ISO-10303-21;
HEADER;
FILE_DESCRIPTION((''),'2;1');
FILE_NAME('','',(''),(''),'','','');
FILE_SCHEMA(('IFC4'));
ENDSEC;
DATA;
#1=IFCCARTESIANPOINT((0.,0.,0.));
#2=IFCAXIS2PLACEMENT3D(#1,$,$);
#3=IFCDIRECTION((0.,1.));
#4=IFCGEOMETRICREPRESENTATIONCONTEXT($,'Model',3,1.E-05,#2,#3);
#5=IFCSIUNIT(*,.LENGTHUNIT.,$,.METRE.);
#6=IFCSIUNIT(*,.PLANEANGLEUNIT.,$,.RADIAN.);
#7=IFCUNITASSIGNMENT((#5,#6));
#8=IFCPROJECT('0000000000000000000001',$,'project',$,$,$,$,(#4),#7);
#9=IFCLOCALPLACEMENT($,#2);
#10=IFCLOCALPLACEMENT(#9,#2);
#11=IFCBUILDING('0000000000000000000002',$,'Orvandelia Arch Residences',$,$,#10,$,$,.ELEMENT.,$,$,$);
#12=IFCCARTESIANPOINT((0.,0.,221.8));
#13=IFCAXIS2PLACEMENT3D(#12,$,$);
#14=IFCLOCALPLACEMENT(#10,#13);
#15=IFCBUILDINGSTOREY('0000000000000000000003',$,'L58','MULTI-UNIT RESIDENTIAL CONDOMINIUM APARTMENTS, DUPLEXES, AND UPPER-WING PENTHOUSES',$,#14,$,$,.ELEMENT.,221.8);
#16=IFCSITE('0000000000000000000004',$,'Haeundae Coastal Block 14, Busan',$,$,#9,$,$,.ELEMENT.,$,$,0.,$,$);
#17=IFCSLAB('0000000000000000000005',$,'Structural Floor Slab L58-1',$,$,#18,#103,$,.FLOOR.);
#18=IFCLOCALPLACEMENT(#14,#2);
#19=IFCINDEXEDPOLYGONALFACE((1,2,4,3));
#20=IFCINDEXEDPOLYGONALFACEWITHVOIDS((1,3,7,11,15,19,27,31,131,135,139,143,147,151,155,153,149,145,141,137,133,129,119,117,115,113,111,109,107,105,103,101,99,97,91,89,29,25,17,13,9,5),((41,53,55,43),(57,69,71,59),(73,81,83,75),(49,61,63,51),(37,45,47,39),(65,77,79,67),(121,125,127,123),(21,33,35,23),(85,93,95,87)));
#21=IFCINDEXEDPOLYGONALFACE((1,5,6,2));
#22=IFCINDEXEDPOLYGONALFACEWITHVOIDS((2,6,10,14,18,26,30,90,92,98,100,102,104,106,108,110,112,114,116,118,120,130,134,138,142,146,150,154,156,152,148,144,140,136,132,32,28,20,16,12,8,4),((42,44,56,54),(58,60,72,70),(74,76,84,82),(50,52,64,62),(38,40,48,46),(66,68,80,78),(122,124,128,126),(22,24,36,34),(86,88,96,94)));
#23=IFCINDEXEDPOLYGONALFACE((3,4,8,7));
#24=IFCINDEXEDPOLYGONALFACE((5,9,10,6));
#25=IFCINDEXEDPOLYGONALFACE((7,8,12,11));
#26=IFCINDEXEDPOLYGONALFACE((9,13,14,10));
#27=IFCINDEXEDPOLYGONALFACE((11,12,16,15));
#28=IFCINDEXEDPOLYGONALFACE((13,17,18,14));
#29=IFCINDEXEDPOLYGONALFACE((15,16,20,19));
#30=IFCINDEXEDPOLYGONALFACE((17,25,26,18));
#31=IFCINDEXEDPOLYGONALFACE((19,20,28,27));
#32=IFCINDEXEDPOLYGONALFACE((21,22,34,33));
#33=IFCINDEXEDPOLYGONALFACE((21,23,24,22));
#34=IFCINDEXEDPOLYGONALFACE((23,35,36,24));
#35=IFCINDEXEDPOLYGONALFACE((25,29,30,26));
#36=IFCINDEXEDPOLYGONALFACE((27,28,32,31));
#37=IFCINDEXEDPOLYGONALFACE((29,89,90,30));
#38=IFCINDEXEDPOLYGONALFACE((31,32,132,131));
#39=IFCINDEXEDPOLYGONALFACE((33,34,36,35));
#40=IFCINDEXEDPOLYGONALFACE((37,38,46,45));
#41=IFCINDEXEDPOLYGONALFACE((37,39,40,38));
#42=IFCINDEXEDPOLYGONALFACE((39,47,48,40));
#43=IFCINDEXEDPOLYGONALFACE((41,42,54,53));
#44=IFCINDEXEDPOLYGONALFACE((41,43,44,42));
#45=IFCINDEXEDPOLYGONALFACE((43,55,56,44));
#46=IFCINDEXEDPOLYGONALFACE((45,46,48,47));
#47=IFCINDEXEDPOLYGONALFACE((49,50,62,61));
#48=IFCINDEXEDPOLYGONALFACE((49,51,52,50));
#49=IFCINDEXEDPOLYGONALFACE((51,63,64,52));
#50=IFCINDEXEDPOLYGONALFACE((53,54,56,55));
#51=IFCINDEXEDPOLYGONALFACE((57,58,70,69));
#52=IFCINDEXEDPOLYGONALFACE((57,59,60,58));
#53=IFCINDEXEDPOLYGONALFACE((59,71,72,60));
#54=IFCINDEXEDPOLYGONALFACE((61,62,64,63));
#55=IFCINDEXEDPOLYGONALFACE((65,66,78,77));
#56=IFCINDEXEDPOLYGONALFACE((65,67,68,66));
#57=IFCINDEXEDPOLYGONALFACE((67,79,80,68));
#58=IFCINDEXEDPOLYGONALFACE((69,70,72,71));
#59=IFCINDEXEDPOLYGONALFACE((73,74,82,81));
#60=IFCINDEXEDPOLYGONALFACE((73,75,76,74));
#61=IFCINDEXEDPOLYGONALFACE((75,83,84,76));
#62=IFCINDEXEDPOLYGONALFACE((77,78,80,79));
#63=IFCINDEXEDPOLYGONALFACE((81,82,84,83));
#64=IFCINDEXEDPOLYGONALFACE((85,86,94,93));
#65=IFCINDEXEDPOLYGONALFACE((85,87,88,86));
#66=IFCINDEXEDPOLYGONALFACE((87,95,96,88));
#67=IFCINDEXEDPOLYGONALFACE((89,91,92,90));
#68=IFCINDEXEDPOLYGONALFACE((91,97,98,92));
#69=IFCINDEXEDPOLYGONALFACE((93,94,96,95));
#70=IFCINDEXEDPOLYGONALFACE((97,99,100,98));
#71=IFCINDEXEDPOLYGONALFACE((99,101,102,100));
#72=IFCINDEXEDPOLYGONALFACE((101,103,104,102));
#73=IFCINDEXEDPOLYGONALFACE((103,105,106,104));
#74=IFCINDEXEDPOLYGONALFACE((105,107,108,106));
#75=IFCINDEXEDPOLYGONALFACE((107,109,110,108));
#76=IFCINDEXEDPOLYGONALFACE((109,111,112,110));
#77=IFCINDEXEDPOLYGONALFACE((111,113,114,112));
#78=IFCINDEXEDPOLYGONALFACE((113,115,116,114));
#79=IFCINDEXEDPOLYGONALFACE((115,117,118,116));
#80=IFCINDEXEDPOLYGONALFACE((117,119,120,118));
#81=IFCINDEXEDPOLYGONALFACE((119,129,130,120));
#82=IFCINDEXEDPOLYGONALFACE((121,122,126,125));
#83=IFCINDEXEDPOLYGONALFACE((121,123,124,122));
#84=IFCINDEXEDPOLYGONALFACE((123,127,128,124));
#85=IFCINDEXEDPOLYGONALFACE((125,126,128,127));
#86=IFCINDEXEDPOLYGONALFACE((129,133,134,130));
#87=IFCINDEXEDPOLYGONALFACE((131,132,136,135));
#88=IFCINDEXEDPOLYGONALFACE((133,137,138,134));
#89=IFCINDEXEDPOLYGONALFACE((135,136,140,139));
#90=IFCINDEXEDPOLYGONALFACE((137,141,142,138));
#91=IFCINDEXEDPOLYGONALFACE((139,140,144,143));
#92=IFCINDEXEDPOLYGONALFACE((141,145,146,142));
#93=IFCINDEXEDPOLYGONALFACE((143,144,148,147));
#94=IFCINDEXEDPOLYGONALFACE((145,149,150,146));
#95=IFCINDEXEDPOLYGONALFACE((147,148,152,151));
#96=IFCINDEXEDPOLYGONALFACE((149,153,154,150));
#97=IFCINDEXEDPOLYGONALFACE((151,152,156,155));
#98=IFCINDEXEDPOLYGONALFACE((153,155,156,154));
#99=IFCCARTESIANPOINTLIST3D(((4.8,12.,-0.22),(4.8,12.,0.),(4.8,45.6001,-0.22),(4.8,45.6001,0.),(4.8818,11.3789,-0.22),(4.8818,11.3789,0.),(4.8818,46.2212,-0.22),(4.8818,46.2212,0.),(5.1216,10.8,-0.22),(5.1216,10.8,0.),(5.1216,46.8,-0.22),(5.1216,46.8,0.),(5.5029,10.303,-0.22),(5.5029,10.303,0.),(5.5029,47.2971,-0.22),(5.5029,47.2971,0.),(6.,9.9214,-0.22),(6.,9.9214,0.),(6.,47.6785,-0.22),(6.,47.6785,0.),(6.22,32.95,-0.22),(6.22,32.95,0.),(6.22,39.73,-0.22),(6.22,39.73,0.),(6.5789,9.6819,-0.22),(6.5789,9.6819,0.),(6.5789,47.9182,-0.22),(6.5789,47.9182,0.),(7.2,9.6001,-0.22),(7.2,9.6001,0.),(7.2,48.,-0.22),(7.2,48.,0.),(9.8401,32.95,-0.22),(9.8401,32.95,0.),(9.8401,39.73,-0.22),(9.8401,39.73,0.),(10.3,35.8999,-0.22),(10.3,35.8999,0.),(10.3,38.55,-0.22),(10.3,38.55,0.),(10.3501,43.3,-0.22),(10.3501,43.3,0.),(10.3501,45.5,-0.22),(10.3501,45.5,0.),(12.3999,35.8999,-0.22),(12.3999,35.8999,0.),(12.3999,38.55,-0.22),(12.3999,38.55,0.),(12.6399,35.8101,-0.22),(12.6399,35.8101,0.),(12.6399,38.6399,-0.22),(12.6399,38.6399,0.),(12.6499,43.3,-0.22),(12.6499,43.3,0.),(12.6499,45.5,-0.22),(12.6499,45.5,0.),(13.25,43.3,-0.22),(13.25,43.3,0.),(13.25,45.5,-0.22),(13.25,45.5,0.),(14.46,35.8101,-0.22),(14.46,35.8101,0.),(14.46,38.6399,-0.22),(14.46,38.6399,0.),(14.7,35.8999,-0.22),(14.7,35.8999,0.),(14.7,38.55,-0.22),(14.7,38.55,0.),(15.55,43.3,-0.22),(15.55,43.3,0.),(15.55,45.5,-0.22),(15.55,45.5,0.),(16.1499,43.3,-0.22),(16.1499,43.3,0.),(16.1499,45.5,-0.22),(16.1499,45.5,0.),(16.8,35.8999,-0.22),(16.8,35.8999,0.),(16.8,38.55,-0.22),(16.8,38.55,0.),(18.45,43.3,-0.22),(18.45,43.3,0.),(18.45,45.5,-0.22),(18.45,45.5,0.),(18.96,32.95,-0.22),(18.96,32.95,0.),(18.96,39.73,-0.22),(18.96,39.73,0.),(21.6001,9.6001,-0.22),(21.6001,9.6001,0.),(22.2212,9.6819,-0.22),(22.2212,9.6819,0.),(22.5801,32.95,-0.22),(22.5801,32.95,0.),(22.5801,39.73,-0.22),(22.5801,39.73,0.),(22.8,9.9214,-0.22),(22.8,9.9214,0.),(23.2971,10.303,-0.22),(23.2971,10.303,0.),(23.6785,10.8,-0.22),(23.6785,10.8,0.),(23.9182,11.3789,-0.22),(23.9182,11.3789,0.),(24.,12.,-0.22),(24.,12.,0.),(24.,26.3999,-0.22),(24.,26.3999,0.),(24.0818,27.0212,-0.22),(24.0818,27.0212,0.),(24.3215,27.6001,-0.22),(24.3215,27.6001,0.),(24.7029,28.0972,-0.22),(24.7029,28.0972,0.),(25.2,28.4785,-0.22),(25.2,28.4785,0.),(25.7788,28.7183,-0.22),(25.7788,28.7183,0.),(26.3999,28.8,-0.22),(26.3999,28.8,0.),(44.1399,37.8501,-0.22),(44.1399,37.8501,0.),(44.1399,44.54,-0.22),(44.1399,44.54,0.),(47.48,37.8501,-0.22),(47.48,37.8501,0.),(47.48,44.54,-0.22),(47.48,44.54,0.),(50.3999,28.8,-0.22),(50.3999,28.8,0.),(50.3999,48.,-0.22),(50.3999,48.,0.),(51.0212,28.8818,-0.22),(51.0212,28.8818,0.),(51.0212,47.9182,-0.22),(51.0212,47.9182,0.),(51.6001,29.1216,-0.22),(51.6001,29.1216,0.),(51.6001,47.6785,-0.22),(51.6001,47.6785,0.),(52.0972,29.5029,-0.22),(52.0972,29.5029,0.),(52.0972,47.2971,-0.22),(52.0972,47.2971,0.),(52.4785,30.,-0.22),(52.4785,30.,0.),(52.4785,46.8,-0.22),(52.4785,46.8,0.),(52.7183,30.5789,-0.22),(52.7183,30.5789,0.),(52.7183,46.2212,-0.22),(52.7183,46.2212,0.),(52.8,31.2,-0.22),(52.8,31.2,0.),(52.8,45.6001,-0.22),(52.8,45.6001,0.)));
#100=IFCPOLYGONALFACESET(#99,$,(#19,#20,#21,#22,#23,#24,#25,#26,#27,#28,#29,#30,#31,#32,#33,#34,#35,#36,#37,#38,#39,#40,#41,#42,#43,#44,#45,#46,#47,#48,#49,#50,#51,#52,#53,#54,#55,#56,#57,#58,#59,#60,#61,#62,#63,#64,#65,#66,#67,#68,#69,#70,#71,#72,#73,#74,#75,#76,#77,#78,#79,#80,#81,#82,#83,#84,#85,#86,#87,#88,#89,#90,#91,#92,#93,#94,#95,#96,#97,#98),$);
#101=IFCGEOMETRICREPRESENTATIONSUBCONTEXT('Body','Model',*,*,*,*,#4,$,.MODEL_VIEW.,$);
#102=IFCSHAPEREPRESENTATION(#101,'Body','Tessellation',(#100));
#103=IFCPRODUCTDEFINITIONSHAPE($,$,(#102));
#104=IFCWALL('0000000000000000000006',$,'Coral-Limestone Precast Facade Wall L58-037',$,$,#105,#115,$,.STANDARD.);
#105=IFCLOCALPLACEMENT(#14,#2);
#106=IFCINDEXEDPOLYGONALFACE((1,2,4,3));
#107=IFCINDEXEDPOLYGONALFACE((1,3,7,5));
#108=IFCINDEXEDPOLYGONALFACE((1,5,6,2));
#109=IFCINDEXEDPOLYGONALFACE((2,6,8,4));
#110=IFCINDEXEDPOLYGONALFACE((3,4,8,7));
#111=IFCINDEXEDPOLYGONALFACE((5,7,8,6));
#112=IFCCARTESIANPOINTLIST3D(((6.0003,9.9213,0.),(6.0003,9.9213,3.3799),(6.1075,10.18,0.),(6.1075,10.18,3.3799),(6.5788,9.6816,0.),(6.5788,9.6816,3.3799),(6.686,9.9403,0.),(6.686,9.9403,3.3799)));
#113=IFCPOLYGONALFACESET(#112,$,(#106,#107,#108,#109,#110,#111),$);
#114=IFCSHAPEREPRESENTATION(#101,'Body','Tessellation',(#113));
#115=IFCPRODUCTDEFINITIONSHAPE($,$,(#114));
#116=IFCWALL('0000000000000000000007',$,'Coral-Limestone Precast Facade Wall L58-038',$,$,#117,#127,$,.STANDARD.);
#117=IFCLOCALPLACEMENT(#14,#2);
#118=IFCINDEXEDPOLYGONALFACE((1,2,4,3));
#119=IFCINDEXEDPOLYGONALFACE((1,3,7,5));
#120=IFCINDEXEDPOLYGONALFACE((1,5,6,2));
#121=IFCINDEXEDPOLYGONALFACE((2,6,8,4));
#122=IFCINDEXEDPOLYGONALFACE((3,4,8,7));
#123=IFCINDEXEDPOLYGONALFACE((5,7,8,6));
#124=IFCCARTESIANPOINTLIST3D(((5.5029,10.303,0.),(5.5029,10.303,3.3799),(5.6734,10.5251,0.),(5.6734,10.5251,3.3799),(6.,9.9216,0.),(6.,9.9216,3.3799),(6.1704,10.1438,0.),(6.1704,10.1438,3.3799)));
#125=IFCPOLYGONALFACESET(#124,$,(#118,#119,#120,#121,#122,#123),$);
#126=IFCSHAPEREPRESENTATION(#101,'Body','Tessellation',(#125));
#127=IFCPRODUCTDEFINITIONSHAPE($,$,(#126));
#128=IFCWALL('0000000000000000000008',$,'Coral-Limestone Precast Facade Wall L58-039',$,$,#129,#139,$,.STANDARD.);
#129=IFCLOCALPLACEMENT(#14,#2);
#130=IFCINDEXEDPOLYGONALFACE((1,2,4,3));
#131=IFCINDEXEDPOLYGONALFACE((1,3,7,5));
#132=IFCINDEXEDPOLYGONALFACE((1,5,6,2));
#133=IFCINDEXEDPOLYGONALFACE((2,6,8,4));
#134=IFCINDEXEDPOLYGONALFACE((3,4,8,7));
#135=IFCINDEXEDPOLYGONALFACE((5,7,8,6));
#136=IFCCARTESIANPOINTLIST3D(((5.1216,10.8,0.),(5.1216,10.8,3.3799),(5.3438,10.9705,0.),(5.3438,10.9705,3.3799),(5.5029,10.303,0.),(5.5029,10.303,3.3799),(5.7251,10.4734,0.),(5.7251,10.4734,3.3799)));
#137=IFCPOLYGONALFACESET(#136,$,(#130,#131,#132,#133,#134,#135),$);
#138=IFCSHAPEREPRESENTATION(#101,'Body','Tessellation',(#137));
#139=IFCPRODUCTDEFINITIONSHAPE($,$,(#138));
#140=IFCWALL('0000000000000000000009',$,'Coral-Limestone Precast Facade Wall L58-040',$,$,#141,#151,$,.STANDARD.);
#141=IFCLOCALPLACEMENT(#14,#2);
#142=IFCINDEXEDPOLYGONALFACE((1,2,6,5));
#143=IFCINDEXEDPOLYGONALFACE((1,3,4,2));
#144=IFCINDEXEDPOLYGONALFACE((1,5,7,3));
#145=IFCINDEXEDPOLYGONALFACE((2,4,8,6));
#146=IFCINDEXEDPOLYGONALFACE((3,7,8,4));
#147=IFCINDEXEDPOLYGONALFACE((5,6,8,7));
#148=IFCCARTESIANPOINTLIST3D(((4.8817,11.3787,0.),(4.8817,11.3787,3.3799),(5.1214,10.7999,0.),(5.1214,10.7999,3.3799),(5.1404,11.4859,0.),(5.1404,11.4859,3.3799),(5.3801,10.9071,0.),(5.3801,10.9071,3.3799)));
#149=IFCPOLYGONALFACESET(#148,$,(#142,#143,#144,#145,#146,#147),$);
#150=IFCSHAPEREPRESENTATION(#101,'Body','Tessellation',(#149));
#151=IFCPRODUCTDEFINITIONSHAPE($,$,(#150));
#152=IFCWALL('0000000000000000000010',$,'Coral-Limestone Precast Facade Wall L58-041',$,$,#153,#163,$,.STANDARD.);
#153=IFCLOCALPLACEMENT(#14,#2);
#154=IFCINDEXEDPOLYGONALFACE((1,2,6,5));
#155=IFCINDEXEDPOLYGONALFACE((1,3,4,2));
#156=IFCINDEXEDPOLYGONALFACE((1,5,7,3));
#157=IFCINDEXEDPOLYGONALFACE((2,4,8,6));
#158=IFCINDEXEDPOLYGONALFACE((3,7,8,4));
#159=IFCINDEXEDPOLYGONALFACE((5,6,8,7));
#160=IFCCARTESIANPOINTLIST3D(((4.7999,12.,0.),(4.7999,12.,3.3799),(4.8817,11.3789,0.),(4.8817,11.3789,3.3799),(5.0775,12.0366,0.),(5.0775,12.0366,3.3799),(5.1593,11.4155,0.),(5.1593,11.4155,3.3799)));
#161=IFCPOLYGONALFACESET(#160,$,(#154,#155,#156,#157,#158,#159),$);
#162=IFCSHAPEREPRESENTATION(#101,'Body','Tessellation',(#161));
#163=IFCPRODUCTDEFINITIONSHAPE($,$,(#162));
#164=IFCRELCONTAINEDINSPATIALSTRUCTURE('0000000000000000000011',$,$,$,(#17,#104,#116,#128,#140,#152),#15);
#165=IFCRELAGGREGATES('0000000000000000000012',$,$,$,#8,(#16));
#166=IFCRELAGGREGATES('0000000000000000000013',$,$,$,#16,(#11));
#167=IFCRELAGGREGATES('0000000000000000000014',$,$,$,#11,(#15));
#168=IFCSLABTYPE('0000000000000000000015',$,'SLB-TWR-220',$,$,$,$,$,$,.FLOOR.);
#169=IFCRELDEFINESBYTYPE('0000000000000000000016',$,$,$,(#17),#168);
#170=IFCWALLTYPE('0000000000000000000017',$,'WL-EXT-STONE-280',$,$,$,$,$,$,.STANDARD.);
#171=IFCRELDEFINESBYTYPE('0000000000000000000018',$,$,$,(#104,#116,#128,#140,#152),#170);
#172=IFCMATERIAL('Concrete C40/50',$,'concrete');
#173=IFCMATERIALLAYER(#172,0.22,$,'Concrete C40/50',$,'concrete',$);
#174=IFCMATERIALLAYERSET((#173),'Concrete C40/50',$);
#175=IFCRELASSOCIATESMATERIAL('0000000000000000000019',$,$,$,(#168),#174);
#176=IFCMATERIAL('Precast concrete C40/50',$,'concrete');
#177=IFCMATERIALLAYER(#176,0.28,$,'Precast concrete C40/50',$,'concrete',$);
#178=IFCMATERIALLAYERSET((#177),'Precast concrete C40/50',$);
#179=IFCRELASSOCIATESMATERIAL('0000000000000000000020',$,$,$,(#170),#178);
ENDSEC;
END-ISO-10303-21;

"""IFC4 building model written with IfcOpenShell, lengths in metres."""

from ifc_helpers import new_model, si_unit, direction, frame, frame_2d, origin, place, context, subcontext, project, spatial, polyline, rectangle, outline, extrude, material, layer, layer_set, type_object, element, save


model = new_model("IFC4")

# Units and contexts
model_context = context("Model", 3, precision=1e-05, world=origin(), true_north=direction((0.0, 1.0)))
body_context = subcontext(model_context, "Body", "Model", "MODEL_VIEW")
ifc_project = project(units=[si_unit("LENGTHUNIT", "METRE"), si_unit("PLANEANGLEUNIT", "RADIAN")], contexts=[model_context])

# Site, building, storey
site_placement = place(None, origin())
site = spatial("IfcSite", under=ifc_project, at=site_placement, Name="Haeundae Coastal Block 14, Busan", CompositionType="ELEMENT", RefElevation=0.0)
building_placement = place(site_placement, origin())
building = spatial("IfcBuilding", under=site, at=building_placement, Name="Orvandelia Arch Residences", CompositionType="ELEMENT")
storey_placement = place(building_placement, frame((0.0, 0.0, 221.8)))
storey = spatial("IfcBuildingStorey", under=building, at=storey_placement, Name="L58", Description="MULTI-UNIT RESIDENTIAL CONDOMINIUM APARTMENTS, DUPLEXES, AND UPPER-WING PENTHOUSES", CompositionType="ELEMENT", Elevation=221.8)

# Shared definitions
ifc_material_1 = material(Name="Precast concrete C40/50", Category="concrete")

# Shared definitions
ifc_material_2 = material(Name="Concrete C40/50", Category="concrete")

# Slab
ifc_layer_1 = layer(ifc_material_2, 0.22, Name="Concrete C40/50", Category="concrete")
ifc_layer_set_1 = layer_set([ifc_layer_1], Name="Concrete C40/50")
slab_type_1 = type_object("IfcSlabType", Name="SLB-TWR-220", PredefinedType="FLOOR", material=ifc_layer_set_1)
slab_1_placement = place(storey_placement, frame((0.0, 0.0, -0.22)))
element("IfcSlab", 1, at=slab_1_placement, inside=storey, type_object=slab_type_1, Name="Structural Floor Slab L58-1", PredefinedType="FLOOR", context=body_context, shape_type="SweptSolid", body=[
    extrude(outline(polyline([(4.8, 12.0), (4.8818, 11.3789), (5.1216, 10.8), (5.5029, 10.303), (6.0, 9.9214), (6.5789, 9.6819), (7.2, 9.6001), (21.6001, 9.6001), (22.2212, 9.6819), (22.8, 9.9214), (23.2971, 10.303), (23.6785, 10.8), (23.9182, 11.3789), (24.0, 12.0), (24.0, 26.3999), (24.0818, 27.0212), (24.3215, 27.6001), (24.7029, 28.0972), (25.2, 28.4785), (25.7788, 28.7183), (26.3999, 28.8), (50.3999, 28.8), (51.0212, 28.8818), (51.6001, 29.1216), (52.0972, 29.5029), (52.4785, 30.0), (52.7183, 30.5789), (52.8, 31.2), (52.8, 45.6001), (52.7183, 46.2212), (52.4785, 46.8), (52.0972, 47.2971), (51.6001, 47.6785), (51.0212, 47.9182), (50.3999, 48.0), (7.2, 48.0), (6.5789, 47.9182), (6.0, 47.6785), (5.5029, 47.2971), (5.1216, 46.8), (4.8818, 46.2212), (4.8, 45.6001), (4.8, 12.0)]), holes=[polyline([(6.22, 32.95), (9.8401, 32.95), (9.8401, 39.73), (6.22, 39.73), (6.22, 32.95)]), polyline([(18.96, 32.95), (22.5801, 32.95), (22.5801, 39.73), (18.96, 39.73), (18.96, 32.95)]), polyline([(44.1399, 37.8501), (47.48, 37.8501), (47.48, 44.54), (44.1399, 44.54), (44.1399, 37.8501)]), polyline([(12.6399, 35.8101), (14.46, 35.8101), (14.46, 38.6399), (12.6399, 38.6399), (12.6399, 35.8101)]), polyline([(10.3, 35.8999), (12.3999, 35.8999), (12.3999, 38.55), (10.3, 38.55), (10.3, 35.8999)]), polyline([(14.7, 35.8999), (16.8, 35.8999), (16.8, 38.55), (14.7, 38.55), (14.7, 35.8999)]), polyline([(10.3501, 43.3), (12.6499, 43.3), (12.6499, 45.5), (10.3501, 45.5), (10.3501, 43.3)]), polyline([(13.25, 43.3), (15.55, 43.3), (15.55, 45.5), (13.25, 45.5), (13.25, 43.3)]), polyline([(16.1499, 43.3), (18.45, 43.3), (18.45, 45.5), (16.1499, 45.5), (16.1499, 43.3)])]), origin(), (0.0, 0.0, 1.0), 0.22),
])

# Walls
ifc_layer_2 = layer(ifc_material_1, 0.28, Name="Precast concrete C40/50", Category="concrete")
ifc_layer_set_2 = layer_set([ifc_layer_2], Name="Precast concrete C40/50")
wall_type_1 = type_object("IfcWallType", Name="WL-EXT-STONE-280", PredefinedType="STANDARD", material=ifc_layer_set_2)
wall_1_placement = place(storey_placement, frame((6.6323, 9.811, 0.0), z_axis=(0.0, 0.0, 1.0), x_axis=(-0.923836, 0.382788, 0.0)))
element("IfcWall", 2, at=wall_1_placement, inside=storey, type_object=wall_type_1, Name="Coral-Limestone Precast Facade Wall L58-037", PredefinedType="STANDARD", context=body_context, shape_type="SweptSolid", body=[
    extrude(rectangle(XDim=0.6262, YDim=0.28, at=frame_2d((0.313, 0.0))), origin(), (0.0, 0.0, 1.0), 3.3799),
])
for number, where, z_axis, x_axis, name in (
    (3, (6.0852, 10.0327, 0.0), (0.0, 0.0, 1.0), (-0.793406, 0.608693, 0.0), "Coral-Limestone Precast Facade Wall L58-038"),
    (4, (5.614, 10.3882, 0.0), (0.0, 0.0, 1.0), (-0.608693, 0.793406, 0.0), "Coral-Limestone Precast Facade Wall L58-039"),
    (5, (5.2507, 10.8535, 0.0), (0.0, 0.0, 1.0), (-0.38265, 0.923893, 0.0), "Coral-Limestone Precast Facade Wall L58-040"),
    (6, (5.0205, 11.3972, 0.0), (0.0, 0.0, 1.0), (-0.130555, 0.991441, 0.0), "Coral-Limestone Precast Facade Wall L58-041"),
):
    element("IfcWall", number, at=place(storey_placement, frame(where, z_axis=z_axis, x_axis=x_axis)), inside=storey, type_object=wall_type_1, Name=name, PredefinedType="STANDARD", context=body_context, shape_type="SweptSolid", body=[
        extrude(rectangle(XDim=0.6265, YDim=0.28, at=frame_2d((0.3132, 0.0))), origin(), (0.0, 0.0, 1.0), 3.3799),
    ])

save(model, "model.ifc")
